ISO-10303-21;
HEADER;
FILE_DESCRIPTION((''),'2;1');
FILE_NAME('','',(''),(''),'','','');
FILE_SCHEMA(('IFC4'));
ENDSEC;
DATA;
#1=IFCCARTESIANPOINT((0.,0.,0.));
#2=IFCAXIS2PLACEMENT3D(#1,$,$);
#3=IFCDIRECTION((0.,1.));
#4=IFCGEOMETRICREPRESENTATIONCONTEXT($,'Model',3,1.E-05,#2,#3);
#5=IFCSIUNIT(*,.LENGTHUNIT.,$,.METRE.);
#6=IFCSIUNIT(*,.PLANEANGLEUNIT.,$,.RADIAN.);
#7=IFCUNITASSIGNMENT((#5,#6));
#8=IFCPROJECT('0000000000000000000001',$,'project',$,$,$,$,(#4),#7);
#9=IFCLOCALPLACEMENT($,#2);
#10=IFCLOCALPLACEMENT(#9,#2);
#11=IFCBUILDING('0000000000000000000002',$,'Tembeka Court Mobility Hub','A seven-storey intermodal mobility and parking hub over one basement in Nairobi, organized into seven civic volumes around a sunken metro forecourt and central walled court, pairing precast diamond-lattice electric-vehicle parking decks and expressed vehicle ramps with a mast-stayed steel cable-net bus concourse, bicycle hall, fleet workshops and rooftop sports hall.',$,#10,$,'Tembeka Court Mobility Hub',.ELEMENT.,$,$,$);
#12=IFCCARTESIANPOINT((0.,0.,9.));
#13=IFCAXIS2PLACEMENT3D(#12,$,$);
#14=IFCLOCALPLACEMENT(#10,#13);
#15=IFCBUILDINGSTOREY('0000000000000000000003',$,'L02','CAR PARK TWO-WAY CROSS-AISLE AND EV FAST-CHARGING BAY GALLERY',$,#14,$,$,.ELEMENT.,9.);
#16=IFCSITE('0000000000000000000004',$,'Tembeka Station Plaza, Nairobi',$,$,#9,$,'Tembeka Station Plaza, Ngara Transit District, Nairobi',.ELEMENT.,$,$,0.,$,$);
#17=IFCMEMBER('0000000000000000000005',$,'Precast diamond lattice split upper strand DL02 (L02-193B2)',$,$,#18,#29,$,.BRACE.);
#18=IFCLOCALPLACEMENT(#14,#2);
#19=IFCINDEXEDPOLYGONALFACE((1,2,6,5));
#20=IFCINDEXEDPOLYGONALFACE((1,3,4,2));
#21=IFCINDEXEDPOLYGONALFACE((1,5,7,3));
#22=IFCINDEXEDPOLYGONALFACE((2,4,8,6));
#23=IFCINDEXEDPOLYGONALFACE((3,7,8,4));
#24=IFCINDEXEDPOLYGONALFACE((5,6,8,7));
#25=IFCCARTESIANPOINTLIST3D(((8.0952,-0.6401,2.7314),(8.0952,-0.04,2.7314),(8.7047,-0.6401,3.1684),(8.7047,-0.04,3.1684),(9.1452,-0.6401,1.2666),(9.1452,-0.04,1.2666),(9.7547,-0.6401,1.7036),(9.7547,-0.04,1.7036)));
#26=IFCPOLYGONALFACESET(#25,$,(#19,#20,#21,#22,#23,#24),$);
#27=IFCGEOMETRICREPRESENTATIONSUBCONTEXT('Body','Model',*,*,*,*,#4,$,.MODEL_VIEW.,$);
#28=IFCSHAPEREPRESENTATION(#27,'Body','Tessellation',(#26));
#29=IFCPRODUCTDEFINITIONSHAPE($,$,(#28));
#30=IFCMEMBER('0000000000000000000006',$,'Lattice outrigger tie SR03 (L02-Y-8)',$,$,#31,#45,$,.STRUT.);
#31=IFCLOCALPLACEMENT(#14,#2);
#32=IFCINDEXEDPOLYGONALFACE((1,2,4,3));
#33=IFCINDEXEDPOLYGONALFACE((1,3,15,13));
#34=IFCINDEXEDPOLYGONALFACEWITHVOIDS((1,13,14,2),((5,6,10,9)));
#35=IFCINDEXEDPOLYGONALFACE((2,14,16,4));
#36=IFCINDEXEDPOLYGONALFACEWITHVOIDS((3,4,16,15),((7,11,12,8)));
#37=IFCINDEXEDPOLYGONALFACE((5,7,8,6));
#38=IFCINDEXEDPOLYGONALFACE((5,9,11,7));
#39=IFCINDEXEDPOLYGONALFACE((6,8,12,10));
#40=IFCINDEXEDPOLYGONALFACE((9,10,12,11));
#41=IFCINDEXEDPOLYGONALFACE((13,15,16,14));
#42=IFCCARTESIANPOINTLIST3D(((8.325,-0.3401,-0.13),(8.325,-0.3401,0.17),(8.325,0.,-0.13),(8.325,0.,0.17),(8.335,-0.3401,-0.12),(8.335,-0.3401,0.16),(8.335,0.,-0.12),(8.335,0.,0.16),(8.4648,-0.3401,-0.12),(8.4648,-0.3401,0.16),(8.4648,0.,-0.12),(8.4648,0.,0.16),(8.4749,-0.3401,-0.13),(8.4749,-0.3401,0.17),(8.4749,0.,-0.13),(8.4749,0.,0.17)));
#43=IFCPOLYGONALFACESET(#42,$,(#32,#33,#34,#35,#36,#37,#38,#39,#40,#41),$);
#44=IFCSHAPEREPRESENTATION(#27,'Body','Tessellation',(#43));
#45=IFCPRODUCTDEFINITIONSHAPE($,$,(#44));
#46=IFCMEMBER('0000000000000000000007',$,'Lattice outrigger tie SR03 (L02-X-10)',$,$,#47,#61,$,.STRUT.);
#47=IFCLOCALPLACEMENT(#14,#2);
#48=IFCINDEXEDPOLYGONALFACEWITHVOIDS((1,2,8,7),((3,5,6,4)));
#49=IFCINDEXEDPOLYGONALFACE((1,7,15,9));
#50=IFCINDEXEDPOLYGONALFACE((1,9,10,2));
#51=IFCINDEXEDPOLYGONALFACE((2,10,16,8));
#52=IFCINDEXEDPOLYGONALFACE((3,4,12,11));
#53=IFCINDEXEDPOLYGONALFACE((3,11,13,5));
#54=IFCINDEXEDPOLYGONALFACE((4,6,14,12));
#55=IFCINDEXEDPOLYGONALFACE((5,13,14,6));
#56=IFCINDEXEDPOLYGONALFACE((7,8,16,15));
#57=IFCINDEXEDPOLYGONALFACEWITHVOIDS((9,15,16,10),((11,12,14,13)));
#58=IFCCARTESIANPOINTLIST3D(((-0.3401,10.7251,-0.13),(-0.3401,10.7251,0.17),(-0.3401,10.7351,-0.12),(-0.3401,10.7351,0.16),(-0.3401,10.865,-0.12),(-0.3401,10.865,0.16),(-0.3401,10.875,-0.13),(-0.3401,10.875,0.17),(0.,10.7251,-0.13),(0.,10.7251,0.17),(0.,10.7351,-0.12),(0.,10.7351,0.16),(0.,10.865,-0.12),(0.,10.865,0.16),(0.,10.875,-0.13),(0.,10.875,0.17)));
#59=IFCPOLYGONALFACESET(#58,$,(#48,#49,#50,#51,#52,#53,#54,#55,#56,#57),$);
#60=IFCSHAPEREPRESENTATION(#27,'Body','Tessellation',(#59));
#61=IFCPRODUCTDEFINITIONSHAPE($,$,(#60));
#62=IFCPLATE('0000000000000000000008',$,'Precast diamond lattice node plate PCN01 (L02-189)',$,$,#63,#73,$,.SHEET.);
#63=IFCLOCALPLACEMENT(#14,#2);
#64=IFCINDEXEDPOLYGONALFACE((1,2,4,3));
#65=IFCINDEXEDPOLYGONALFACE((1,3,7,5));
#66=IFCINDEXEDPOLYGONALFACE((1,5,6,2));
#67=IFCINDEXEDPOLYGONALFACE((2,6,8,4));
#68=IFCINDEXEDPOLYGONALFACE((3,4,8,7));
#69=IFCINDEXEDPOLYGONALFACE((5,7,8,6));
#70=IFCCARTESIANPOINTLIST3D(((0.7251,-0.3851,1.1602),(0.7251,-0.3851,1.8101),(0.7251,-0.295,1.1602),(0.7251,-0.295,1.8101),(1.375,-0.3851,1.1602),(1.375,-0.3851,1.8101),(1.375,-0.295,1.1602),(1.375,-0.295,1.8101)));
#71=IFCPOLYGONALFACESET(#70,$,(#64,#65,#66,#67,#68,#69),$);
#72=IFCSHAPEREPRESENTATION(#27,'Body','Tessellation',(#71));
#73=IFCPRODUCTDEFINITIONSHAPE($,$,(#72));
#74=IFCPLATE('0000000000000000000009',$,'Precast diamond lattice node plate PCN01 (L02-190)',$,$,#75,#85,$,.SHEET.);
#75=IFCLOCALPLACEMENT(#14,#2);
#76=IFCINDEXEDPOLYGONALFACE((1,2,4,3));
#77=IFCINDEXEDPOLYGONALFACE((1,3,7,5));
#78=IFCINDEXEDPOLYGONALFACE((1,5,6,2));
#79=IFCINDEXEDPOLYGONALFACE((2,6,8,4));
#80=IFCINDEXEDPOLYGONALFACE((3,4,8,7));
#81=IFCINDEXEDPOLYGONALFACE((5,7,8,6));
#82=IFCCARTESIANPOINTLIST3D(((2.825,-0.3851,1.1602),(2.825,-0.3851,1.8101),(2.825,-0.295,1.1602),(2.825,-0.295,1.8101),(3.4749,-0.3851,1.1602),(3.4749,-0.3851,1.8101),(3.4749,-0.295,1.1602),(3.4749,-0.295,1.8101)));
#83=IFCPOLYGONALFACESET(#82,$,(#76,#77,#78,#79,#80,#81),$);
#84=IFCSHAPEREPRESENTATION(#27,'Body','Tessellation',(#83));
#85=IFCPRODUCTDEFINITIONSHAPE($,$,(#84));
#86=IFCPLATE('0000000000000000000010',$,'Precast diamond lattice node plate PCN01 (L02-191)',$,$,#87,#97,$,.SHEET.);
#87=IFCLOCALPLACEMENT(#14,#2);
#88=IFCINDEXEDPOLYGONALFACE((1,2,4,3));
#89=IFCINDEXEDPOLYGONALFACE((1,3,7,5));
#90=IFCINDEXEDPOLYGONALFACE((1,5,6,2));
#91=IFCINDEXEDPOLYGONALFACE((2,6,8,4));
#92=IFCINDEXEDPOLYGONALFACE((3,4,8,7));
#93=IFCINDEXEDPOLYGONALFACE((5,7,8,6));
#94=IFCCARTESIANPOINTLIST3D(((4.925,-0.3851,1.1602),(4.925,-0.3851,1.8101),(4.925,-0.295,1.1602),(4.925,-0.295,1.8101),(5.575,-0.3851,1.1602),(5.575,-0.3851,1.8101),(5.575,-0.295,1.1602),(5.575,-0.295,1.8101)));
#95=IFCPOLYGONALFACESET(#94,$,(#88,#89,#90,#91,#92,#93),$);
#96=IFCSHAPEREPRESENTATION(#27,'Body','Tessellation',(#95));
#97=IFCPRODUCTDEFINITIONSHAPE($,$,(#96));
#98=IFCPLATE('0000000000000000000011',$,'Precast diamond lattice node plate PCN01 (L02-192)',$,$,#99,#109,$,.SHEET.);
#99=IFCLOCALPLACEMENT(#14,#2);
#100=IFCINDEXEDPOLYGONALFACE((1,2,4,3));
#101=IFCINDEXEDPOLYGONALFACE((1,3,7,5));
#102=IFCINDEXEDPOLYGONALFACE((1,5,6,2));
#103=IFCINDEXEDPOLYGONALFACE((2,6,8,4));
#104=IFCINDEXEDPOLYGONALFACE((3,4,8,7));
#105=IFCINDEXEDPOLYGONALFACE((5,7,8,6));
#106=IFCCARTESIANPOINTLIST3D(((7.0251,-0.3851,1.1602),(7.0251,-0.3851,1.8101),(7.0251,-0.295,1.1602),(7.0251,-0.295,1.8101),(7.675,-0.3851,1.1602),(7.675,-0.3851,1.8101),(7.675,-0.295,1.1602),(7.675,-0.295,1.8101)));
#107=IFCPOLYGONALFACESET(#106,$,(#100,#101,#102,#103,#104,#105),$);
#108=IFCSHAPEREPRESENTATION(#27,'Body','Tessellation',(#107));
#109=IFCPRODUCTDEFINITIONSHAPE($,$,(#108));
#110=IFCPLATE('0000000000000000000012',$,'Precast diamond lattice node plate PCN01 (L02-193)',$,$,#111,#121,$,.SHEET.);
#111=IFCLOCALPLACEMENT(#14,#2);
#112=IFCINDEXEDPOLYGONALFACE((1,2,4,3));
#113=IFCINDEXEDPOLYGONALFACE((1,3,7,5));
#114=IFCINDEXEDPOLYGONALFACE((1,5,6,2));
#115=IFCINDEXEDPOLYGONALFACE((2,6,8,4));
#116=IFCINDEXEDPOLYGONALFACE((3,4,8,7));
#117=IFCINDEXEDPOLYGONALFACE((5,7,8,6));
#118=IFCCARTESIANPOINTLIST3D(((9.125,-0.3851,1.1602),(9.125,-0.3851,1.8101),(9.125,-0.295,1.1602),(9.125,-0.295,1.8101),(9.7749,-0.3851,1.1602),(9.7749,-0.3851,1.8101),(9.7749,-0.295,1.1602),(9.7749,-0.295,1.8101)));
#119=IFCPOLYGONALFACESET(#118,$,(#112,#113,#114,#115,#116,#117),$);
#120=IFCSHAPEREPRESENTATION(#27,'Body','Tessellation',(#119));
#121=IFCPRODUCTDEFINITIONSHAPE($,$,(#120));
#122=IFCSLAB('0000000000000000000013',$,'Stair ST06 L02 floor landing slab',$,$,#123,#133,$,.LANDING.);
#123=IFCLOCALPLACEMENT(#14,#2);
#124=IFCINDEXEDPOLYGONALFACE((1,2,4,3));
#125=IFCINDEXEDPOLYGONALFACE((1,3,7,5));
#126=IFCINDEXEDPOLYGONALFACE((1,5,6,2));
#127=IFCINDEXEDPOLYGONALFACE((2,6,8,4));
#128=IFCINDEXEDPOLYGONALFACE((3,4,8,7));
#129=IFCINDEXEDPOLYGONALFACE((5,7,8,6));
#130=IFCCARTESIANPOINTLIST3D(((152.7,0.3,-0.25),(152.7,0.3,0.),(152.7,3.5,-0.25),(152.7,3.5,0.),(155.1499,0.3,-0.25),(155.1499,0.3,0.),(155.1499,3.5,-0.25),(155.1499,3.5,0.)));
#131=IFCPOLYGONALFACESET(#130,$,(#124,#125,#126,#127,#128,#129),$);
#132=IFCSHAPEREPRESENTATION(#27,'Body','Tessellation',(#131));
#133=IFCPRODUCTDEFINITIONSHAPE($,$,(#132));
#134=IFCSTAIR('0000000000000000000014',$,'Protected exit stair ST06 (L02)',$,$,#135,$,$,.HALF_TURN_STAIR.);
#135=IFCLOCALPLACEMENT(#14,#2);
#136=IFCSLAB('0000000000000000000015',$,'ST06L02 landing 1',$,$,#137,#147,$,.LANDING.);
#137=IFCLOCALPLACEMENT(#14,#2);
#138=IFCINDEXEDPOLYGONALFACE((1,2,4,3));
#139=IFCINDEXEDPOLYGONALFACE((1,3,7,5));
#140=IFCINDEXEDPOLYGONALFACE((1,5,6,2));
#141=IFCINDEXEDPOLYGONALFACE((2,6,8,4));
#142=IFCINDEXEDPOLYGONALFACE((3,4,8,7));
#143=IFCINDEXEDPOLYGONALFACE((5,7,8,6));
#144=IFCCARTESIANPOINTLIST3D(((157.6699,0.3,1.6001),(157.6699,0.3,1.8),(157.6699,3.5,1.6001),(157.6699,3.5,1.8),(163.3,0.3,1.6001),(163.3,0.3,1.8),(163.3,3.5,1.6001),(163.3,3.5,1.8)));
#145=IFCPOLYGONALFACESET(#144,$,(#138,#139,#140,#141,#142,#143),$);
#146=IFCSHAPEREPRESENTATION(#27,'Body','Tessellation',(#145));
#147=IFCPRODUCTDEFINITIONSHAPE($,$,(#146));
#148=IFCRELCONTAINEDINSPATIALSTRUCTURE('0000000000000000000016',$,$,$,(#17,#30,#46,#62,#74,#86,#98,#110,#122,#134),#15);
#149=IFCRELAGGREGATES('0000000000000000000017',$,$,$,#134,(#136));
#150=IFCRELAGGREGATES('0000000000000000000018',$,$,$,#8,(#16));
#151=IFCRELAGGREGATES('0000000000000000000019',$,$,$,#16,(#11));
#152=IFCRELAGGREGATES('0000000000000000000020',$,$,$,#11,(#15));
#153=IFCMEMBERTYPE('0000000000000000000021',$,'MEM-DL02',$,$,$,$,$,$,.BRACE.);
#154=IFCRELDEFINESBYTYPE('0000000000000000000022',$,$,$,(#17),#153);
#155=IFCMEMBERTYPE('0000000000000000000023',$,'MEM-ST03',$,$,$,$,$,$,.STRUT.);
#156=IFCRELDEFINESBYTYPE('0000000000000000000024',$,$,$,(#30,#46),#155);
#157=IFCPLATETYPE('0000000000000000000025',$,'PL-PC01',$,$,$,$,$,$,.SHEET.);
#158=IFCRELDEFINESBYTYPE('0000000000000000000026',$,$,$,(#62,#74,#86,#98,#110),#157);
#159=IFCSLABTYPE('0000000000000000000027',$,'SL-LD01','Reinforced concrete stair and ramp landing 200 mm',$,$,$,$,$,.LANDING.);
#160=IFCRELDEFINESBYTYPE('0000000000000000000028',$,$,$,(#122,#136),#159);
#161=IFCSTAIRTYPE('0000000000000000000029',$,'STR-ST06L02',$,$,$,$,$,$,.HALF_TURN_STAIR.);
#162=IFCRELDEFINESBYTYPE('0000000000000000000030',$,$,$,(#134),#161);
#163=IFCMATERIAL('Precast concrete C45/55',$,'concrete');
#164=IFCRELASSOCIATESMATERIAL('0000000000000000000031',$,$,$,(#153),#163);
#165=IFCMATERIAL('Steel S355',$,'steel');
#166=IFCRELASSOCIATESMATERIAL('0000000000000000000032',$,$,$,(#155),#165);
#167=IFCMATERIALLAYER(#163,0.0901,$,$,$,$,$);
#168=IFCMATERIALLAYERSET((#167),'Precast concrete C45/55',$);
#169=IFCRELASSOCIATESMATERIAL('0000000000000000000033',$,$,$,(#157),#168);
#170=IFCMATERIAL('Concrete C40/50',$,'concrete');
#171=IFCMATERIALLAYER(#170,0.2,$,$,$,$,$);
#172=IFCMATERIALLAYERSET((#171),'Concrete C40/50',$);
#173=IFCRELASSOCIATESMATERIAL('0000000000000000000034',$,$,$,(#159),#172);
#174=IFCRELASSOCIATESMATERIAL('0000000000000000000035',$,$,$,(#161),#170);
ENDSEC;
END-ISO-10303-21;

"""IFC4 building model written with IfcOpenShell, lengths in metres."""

from ifc_helpers import new_model, si_unit, direction, frame, origin, origin_2d, place, context, subcontext, project, spatial, polyline, rectangle, hollow_rectangle, outline, extrude, material, layer, layer_set, material_profile, profile_set, type_object, element, aggregate, save


model = new_model("IFC4")

# Units and contexts
model_context = context("Model", 3, precision=1e-05, world=origin(), true_north=direction((0.0, 1.0)))
body_context = subcontext(model_context, "Body", "Model", "MODEL_VIEW")
ifc_project = project(units=[si_unit("LENGTHUNIT", "METRE"), si_unit("PLANEANGLEUNIT", "RADIAN")], contexts=[model_context])

# Site, building, storey
site_placement = place(None, origin())
site = spatial("IfcSite", under=ifc_project, at=site_placement, Name="Tembeka Station Plaza, Nairobi", LongName="Tembeka Station Plaza, Ngara Transit District, Nairobi", CompositionType="ELEMENT", RefElevation=0.0)
building_placement = place(site_placement, origin())
building = spatial("IfcBuilding", under=site, at=building_placement, Name="Tembeka Court Mobility Hub", Description="A seven-storey intermodal mobility and parking hub over one basement in Nairobi, organized into seven civic volumes around a sunken metro forecourt and central walled court, pairing precast diamond-lattice electric-vehicle parking decks and expressed vehicle ramps with a mast-stayed steel cable-net bus concourse, bicycle hall, fleet workshops and rooftop sports hall.", LongName="Tembeka Court Mobility Hub", CompositionType="ELEMENT")
storey_placement = place(building_placement, frame((0.0, 0.0, 9.0)))
storey = spatial("IfcBuildingStorey", under=building, at=storey_placement, Name="L02", Description="CAR PARK TWO-WAY CROSS-AISLE AND EV FAST-CHARGING BAY GALLERY", CompositionType="ELEMENT", Elevation=9.0)

# Shared definitions
ifc_material_1 = material(Name="Steel S355", Category="steel")

# Shared definitions
ifc_material_2 = material(Name="Precast concrete C45/55", Category="concrete")

# Members
ifc_material_profile_1 = material_profile(ifc_material_2, rectangle(XDim=0.6001, YDim=0.75, at=origin_2d()), Name="PC-DIAG 600x750")
ifc_profile_set_1 = profile_set([ifc_material_profile_1], Name="Precast concrete C45/55")
member_type_1 = type_object("IfcMemberType", Name="MEM-DL02", PredefinedType="BRACE", material=ifc_profile_set_1)
member_1_placement = place(storey_placement, frame((9.45, -0.3401, 1.4851), z_axis=(-0.582608, 0.0, 0.812753), x_axis=(0.0, -1.0, 0.0)))
element("IfcMember", 1, at=member_1_placement, inside=storey, type_object=member_type_1, Name="Precast diamond lattice split upper strand DL02 (L02-193B2)", PredefinedType="BRACE", context=body_context, shape_type="SweptSolid", body=[
    extrude(rectangle(XDim=0.6001, YDim=0.75, at=origin_2d()), origin(), (0.0, 0.0, 1.0), 1.8022),
])
ifc_material_profile_2 = material_profile(ifc_material_1, hollow_rectangle(XDim=0.1499, YDim=0.3, WallThickness=0.01, at=origin_2d()), Name="RHS 300x150x10")
ifc_profile_set_2 = profile_set([ifc_material_profile_2], Name="Steel S355")
member_type_2 = type_object("IfcMemberType", Name="MEM-ST03", PredefinedType="STRUT", material=ifc_profile_set_2)
for number, where, z_axis, x_axis, name in (
    (2, (8.3999, 0.0, 0.02), (0.0, -1.0, 0.0), (1.0, 0.0, 0.0), "Lattice outrigger tie SR03 (L02-Y-8)"),
    (3, (0.0, 10.8, 0.02), (-1.0, 0.0, 0.0), (0.0, -1.0, 0.0), "Lattice outrigger tie SR03 (L02-X-10)"),
):
    element("IfcMember", number, at=place(storey_placement, frame(where, z_axis=z_axis, x_axis=x_axis)), inside=storey, type_object=member_type_2, Name=name, PredefinedType="STRUT", context=body_context, shape_type="SweptSolid", body=[
        extrude(hollow_rectangle(XDim=0.1499, YDim=0.3, WallThickness=0.01, at=origin_2d()), origin(), (0.0, 0.0, 1.0), 0.3401),
    ])

# Plates
ifc_layer_1 = layer(ifc_material_2, 0.0901)
ifc_layer_set_1 = layer_set([ifc_layer_1], Name="Precast concrete C45/55")
plate_type = type_object("IfcPlateType", Name="PL-PC01", PredefinedType="SHEET", material=ifc_layer_set_1)
for number, where, z_axis, x_axis, name in (
    (4, (1.05, -0.3401, 1.1602), (0.0, 0.0, 1.0), (1.0, 0.0, 0.0), "Precast diamond lattice node plate PCN01 (L02-189)"),
    (5, (3.1499, -0.3401, 1.1602), (0.0, 0.0, 1.0), (1.0, 0.0, 0.0), "Precast diamond lattice node plate PCN01 (L02-190)"),
    (6, (5.25, -0.3401, 1.1602), (0.0, 0.0, 1.0), (1.0, 0.0, 0.0), "Precast diamond lattice node plate PCN01 (L02-191)"),
    (7, (7.3501, -0.3401, 1.1602), (0.0, 0.0, 1.0), (1.0, 0.0, 0.0), "Precast diamond lattice node plate PCN01 (L02-192)"),
    (8, (9.45, -0.3401, 1.1602), (0.0, 0.0, 1.0), (1.0, 0.0, 0.0), "Precast diamond lattice node plate PCN01 (L02-193)"),
):
    element("IfcPlate", number, at=place(storey_placement, frame(where, z_axis=z_axis, x_axis=x_axis)), inside=storey, type_object=plate_type, Name=name, PredefinedType="SHEET", context=body_context, shape_type="SweptSolid", body=[
        extrude(rectangle(XDim=0.6499, YDim=0.0901, at=origin_2d()), origin(), (0.0, 0.0, 1.0), 0.6499),
    ])

# Slab
ifc_material_3 = material(Name="Concrete C40/50", Category="concrete")
ifc_layer_2 = layer(ifc_material_3, 0.2)
ifc_layer_set_2 = layer_set([ifc_layer_2], Name="Concrete C40/50")
slab_type = type_object("IfcSlabType", Name="SL-LD01", Description="Reinforced concrete stair and ramp landing 200 mm", PredefinedType="LANDING", material=ifc_layer_set_2)
slab_1_placement = place(storey_placement, frame((0.0, 0.0, -0.25)))
element("IfcSlab", 9, at=slab_1_placement, inside=storey, type_object=slab_type, Name="Stair ST06 L02 floor landing slab", PredefinedType="LANDING", context=body_context, shape_type="SweptSolid", body=[
    extrude(outline(polyline([(152.7, 0.3), (155.1499, 0.3), (155.1499, 3.5), (152.7, 3.5), (152.7, 0.3)])), origin(), (0.0, 0.0, 1.0), 0.25),
])

# Stair, slab
stair_type = type_object("IfcStairType", Name="STR-ST06L02", PredefinedType="HALF_TURN_STAIR", material=ifc_material_3)
stair_placement = place(storey_placement, origin())
stair = element("IfcStair", 10, at=stair_placement, inside=storey, type_object=stair_type, Name="Protected exit stair ST06 (L02)", PredefinedType="HALF_TURN_STAIR")
slab_2_placement = place(storey_placement, frame((0.0, 0.0, 1.6001)))
slab_2 = element("IfcSlab", 11, at=slab_2_placement, type_object=slab_type, Name="ST06L02 landing 1", PredefinedType="LANDING", context=body_context, shape_type="SweptSolid", body=[
    extrude(outline(polyline([(157.6699, 0.3), (163.3, 0.3), (163.3, 3.5), (157.6699, 3.5), (157.6699, 0.3)])), origin(), (0.0, 0.0, 1.0), 0.2),
])
aggregate(stair, [slab_2])

save(model, "model.ifc")
